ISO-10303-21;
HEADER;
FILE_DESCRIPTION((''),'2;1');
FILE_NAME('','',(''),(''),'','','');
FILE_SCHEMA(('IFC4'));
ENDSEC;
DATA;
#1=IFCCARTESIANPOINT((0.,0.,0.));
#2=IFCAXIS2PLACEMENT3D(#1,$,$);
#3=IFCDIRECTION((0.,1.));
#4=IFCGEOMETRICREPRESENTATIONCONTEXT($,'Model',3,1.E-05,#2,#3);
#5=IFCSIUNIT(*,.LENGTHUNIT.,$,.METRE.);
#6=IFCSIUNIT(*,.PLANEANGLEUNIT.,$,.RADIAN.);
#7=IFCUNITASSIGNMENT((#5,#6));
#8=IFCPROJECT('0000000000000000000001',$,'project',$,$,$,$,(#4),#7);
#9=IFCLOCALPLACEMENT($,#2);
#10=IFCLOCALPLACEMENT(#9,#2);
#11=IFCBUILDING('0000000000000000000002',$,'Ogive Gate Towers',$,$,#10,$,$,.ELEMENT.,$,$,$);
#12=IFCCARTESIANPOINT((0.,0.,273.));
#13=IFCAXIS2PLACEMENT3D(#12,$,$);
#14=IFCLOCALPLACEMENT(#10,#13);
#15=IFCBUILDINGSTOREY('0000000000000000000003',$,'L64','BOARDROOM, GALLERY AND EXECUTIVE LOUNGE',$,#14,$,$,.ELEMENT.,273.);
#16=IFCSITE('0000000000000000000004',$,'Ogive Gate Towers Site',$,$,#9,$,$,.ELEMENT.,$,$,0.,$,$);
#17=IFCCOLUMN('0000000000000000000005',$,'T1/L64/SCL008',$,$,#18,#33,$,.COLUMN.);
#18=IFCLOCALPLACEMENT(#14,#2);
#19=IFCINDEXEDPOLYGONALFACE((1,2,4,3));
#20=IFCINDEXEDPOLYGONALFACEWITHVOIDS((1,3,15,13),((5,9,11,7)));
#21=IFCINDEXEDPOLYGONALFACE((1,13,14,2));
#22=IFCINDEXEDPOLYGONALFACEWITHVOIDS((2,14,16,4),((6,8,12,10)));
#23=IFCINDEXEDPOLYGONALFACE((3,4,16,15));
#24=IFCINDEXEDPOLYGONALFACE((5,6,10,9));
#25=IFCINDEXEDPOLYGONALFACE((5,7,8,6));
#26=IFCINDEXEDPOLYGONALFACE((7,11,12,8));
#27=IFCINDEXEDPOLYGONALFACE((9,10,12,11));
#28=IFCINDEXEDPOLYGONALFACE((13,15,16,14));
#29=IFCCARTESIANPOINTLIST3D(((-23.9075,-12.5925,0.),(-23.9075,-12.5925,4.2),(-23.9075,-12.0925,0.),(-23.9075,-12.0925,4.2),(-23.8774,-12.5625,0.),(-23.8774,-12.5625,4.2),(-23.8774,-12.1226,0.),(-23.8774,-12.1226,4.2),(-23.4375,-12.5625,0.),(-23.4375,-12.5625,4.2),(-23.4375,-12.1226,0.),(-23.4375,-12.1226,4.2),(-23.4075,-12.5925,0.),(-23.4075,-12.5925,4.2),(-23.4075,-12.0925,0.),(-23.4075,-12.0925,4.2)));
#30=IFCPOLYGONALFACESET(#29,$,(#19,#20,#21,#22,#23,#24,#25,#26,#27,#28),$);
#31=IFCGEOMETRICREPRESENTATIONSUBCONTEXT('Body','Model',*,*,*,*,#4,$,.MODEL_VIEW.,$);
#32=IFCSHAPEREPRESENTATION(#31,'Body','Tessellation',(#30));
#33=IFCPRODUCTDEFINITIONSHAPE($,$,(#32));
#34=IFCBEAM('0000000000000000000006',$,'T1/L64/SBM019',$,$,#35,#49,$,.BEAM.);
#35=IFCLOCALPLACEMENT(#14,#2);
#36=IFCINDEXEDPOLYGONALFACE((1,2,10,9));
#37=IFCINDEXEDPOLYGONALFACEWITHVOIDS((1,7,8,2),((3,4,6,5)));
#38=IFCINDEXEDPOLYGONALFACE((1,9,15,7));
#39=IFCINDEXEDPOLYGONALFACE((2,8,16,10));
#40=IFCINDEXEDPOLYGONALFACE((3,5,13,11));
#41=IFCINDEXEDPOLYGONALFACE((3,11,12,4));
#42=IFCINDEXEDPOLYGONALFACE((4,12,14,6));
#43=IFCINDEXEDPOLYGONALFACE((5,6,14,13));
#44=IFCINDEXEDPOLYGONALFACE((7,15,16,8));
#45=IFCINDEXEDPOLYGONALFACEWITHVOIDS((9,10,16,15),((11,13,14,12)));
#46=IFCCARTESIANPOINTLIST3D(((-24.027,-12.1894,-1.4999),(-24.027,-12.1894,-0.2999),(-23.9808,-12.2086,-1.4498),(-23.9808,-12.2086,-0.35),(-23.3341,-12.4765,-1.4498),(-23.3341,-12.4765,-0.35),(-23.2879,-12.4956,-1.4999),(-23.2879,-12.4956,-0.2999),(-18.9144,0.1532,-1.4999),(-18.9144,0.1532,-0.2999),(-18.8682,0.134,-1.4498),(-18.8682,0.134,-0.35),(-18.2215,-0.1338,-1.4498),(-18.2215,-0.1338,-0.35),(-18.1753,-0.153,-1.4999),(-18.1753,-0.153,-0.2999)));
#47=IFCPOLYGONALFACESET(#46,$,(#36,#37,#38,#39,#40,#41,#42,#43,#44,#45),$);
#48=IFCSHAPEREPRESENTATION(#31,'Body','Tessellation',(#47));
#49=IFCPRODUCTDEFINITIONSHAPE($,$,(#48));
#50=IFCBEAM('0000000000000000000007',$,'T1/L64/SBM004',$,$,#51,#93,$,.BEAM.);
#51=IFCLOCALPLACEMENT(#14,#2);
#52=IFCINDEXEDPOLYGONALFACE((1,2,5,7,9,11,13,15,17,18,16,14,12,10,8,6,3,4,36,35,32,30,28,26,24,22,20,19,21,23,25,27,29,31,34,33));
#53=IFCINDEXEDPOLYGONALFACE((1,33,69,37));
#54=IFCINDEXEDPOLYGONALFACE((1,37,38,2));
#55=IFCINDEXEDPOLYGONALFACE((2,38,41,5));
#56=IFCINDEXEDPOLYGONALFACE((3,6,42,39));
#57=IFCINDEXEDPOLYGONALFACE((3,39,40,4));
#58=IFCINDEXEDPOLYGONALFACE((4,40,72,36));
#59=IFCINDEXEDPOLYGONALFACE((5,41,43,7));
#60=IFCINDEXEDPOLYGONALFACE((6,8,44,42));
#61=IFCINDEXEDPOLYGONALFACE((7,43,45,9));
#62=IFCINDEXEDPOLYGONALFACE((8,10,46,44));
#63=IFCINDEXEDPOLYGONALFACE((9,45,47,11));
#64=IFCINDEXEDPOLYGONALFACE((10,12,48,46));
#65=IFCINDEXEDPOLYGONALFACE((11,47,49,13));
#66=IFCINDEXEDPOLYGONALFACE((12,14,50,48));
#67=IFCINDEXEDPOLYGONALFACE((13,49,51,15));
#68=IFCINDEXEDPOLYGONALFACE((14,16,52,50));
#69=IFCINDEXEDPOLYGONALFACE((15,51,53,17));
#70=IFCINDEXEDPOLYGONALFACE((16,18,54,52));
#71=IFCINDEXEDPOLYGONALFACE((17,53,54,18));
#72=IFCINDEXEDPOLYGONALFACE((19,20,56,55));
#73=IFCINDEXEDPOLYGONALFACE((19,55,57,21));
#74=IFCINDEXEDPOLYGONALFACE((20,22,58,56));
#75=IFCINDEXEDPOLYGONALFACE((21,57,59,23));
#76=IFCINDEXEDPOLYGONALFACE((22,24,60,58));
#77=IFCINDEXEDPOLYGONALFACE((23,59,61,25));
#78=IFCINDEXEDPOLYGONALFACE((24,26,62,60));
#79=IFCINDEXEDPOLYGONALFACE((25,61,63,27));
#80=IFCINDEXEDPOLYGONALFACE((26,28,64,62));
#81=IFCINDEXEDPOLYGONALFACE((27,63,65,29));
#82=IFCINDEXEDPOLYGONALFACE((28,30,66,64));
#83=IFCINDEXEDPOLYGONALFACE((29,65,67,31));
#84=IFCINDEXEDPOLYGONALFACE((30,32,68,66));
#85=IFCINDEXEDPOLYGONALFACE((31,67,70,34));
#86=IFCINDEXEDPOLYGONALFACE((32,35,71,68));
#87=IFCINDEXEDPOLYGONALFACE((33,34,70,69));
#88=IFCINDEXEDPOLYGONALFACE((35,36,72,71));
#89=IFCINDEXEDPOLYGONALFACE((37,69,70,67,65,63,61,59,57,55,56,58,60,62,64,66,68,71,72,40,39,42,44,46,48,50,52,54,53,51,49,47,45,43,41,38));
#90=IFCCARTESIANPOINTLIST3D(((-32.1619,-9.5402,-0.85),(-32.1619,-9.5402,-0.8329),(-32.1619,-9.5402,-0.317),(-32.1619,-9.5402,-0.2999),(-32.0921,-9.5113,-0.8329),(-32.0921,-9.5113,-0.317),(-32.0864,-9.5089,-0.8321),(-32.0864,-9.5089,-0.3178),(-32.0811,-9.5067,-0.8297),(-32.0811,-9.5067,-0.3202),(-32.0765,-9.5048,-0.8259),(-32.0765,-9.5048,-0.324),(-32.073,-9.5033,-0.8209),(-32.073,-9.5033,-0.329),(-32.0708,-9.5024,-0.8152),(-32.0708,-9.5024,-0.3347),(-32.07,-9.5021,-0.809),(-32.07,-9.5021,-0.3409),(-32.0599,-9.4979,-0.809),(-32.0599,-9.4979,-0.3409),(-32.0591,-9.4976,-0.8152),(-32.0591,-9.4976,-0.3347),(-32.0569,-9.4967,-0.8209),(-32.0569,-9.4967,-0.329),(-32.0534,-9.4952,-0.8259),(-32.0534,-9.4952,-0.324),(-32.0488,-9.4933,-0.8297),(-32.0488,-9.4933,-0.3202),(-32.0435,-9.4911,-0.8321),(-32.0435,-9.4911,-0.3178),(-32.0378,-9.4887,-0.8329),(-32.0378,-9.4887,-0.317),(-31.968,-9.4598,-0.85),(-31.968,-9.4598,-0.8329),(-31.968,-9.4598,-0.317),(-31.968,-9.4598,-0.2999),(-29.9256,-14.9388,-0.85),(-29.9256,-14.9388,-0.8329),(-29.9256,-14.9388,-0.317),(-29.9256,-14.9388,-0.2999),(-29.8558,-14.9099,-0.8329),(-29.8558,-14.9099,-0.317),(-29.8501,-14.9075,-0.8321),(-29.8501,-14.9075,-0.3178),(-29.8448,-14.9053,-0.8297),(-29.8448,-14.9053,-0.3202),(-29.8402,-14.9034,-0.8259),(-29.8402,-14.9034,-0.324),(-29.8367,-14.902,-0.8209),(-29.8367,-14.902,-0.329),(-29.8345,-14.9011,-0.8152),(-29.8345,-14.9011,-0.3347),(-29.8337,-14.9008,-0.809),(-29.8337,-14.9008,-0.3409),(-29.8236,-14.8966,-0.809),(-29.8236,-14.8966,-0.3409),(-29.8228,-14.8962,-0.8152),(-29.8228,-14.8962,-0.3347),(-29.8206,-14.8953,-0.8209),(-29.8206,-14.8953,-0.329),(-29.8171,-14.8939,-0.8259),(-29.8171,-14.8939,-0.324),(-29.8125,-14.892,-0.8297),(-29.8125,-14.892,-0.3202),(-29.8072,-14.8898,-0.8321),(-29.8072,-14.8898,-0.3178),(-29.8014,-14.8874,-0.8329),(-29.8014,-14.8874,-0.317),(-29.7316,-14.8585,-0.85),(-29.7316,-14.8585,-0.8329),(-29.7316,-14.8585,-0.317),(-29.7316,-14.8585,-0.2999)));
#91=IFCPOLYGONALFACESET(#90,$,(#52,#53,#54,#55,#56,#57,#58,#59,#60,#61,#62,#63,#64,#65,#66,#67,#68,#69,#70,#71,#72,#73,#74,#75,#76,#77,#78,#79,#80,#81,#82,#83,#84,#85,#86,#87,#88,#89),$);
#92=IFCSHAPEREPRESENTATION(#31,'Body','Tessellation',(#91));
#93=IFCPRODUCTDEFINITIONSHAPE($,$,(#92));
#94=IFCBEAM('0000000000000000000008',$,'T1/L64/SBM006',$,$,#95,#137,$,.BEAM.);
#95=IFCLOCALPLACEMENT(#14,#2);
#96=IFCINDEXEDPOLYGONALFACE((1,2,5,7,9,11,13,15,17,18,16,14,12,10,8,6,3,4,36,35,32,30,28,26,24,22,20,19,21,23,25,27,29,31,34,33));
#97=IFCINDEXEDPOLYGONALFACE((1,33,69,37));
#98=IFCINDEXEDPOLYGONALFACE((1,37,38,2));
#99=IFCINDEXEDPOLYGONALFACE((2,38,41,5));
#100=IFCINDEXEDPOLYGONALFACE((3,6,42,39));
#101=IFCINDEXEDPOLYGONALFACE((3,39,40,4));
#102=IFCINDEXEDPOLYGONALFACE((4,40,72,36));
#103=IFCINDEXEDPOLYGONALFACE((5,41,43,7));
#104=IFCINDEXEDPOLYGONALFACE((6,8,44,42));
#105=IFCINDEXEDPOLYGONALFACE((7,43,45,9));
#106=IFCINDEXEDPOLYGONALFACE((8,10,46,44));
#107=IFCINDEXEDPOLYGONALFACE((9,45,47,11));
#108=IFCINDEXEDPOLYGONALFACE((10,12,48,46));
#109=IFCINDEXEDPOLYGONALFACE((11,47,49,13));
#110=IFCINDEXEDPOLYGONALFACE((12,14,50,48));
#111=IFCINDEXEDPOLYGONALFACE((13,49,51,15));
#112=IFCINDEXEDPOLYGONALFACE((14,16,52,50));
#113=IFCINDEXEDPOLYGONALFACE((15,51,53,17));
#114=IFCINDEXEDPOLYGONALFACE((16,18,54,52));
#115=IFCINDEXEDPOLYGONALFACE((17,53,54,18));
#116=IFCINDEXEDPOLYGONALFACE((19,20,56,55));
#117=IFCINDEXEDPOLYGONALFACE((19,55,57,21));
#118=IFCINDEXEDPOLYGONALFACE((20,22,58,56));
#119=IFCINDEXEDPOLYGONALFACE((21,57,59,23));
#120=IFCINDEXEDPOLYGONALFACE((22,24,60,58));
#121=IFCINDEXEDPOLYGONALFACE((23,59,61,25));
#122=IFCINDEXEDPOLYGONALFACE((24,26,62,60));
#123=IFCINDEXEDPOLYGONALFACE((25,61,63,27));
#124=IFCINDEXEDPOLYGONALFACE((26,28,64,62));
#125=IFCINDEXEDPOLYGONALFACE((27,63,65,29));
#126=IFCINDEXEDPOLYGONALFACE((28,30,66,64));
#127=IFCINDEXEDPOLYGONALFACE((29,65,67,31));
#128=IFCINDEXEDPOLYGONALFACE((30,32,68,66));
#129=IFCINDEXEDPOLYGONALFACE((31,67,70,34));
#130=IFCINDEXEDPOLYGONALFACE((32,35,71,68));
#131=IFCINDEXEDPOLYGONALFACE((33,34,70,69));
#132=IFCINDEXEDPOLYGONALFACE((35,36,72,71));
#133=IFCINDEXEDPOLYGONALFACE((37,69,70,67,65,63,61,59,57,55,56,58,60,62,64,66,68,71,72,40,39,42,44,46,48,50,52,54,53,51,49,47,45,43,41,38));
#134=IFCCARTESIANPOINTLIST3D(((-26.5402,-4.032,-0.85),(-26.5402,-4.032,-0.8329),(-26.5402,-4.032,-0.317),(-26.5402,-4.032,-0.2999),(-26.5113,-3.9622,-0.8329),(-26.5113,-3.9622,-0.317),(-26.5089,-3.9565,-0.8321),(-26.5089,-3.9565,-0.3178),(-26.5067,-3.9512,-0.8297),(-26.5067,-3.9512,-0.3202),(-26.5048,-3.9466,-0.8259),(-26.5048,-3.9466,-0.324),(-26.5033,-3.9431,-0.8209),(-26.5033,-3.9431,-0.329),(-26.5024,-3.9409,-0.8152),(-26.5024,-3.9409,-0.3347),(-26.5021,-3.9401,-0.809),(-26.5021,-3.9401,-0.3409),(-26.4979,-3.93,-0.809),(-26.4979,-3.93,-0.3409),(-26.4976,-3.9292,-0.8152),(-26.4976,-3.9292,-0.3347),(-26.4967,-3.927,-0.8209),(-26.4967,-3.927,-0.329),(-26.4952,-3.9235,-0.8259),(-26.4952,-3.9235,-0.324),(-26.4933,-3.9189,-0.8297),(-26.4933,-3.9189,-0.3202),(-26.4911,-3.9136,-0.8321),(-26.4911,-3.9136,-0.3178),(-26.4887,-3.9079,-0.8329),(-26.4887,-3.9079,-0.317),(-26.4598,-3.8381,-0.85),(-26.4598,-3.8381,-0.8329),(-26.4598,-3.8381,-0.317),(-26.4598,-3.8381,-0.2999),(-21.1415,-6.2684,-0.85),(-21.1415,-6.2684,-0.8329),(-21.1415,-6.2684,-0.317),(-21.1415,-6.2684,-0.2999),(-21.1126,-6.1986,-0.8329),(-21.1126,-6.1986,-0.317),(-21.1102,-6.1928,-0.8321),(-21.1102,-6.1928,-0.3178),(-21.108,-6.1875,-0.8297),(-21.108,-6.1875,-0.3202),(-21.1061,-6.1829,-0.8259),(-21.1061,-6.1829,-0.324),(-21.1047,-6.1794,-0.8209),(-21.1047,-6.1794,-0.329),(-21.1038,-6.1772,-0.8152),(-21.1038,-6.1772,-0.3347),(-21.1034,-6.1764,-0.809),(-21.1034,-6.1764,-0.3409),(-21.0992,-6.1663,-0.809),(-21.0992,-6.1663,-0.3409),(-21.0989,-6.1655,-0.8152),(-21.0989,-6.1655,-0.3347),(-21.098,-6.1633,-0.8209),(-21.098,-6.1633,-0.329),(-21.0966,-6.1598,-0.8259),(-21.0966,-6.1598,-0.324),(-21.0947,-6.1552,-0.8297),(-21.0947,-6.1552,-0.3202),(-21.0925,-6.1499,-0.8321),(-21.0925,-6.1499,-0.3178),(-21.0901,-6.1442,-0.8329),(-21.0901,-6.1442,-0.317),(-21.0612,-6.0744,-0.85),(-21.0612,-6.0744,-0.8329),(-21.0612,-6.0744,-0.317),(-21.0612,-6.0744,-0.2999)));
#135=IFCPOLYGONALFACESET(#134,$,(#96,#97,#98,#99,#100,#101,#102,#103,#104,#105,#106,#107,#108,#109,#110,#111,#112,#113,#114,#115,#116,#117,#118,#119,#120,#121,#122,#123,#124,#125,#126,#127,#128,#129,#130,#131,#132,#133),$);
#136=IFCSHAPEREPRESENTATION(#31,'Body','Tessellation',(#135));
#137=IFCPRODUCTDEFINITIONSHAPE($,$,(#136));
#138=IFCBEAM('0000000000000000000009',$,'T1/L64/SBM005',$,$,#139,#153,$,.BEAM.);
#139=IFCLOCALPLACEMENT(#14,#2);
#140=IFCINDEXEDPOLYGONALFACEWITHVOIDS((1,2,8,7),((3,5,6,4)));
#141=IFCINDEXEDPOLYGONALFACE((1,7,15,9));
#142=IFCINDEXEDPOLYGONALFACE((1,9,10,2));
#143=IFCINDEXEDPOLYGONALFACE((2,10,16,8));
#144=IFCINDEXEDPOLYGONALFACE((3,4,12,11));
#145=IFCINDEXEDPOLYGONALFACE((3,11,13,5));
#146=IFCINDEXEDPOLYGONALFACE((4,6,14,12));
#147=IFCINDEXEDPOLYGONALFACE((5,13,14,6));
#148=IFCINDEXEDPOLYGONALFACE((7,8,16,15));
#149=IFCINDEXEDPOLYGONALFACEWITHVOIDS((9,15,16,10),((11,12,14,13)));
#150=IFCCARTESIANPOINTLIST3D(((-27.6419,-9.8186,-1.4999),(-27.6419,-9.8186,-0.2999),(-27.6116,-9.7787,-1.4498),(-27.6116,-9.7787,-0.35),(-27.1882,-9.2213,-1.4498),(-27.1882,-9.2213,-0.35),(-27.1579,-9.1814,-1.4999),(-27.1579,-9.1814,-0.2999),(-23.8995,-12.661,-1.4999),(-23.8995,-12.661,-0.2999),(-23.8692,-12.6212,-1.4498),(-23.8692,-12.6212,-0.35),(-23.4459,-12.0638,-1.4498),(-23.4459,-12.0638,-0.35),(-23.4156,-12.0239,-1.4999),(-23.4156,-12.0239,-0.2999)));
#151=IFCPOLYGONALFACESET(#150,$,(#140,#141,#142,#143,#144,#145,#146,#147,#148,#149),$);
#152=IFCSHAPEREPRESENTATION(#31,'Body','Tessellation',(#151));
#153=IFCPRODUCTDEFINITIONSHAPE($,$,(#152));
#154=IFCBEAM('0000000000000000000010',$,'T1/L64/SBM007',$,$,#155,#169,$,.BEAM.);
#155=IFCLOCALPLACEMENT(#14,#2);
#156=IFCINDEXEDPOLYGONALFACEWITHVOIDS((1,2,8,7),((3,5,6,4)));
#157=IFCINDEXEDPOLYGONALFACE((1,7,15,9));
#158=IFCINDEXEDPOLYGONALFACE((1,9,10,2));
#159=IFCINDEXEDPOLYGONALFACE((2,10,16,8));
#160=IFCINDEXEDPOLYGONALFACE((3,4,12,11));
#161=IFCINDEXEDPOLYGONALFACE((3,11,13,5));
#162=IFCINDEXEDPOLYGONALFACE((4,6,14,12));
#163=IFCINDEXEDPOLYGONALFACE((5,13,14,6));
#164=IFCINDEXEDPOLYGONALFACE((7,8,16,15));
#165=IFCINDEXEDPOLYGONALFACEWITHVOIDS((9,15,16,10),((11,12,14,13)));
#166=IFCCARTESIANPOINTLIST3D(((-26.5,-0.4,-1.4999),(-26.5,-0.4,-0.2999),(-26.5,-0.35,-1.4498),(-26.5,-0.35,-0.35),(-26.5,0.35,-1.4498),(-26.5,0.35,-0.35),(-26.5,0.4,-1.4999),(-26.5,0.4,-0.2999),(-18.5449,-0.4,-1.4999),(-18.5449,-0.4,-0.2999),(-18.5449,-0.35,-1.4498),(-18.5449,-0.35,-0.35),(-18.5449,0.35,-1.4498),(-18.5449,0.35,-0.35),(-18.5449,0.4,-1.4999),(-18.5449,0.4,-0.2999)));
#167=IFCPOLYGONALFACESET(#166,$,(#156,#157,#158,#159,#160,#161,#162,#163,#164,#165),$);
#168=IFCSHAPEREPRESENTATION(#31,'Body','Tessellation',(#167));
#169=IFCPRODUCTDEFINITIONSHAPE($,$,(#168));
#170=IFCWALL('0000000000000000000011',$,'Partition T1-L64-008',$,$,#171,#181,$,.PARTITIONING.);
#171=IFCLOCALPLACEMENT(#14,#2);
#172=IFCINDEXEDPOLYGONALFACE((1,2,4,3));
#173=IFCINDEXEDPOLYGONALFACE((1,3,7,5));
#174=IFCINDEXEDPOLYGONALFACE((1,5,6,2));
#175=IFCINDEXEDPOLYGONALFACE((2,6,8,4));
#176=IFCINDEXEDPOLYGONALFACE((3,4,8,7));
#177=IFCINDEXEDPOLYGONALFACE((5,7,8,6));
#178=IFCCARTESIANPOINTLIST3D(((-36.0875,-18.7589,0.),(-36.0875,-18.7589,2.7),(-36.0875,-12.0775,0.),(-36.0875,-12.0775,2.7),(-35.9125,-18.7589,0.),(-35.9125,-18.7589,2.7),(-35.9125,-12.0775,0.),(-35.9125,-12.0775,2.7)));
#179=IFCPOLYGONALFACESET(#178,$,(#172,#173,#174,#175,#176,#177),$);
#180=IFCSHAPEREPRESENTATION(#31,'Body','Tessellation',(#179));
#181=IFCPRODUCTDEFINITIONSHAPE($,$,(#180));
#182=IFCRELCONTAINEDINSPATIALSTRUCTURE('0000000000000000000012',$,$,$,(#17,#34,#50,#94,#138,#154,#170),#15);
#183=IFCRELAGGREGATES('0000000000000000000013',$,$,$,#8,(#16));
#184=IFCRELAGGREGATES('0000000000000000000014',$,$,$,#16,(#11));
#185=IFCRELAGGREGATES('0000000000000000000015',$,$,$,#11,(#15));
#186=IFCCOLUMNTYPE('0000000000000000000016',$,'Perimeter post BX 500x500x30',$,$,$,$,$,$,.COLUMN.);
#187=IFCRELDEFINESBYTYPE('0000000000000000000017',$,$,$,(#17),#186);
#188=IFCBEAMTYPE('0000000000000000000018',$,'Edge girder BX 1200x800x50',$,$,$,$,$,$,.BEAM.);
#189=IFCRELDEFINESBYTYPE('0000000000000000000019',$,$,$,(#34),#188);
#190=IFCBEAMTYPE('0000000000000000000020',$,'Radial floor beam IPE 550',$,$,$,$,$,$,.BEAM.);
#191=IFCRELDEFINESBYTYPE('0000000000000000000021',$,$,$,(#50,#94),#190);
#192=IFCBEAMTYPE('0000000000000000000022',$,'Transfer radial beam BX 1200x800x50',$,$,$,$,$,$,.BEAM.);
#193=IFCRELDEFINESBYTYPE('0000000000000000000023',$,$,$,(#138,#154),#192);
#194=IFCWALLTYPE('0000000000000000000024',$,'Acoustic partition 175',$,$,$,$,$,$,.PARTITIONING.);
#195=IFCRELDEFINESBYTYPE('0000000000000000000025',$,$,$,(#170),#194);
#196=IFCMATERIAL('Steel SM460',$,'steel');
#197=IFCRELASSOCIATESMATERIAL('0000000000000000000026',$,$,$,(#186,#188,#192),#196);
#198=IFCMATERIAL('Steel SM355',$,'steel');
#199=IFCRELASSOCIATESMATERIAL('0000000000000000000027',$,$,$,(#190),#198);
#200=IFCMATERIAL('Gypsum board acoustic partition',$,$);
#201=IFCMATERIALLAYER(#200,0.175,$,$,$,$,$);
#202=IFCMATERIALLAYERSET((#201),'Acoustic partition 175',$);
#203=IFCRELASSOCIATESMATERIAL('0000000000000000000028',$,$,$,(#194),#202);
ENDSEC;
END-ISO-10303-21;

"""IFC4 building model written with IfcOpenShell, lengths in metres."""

from ifc_helpers import new_model, si_unit, direction, frame, frame_2d, origin, origin_2d, place, context, subcontext, project, spatial, rectangle, hollow_rectangle, i_section, extrude, material, layer, layer_set, material_profile, profile_set, type_object, element, save


model = new_model("IFC4")

# Units and contexts
model_context = context("Model", 3, precision=1e-05, world=origin(), true_north=direction((0.0, 1.0)))
body_context = subcontext(model_context, "Body", "Model", "MODEL_VIEW")
ifc_project = project(units=[si_unit("LENGTHUNIT", "METRE"), si_unit("PLANEANGLEUNIT", "RADIAN")], contexts=[model_context])

# Site, building, storey
site_placement = place(None, origin())
site = spatial("IfcSite", under=ifc_project, at=site_placement, Name="Ogive Gate Towers Site", CompositionType="ELEMENT", RefElevation=0.0)
building_placement = place(site_placement, origin())
building = spatial("IfcBuilding", under=site, at=building_placement, Name="Ogive Gate Towers", CompositionType="ELEMENT")
storey_placement = place(building_placement, frame((0.0, 0.0, 273.0)))
storey = spatial("IfcBuildingStorey", under=building, at=storey_placement, Name="L64", Description="BOARDROOM, GALLERY AND EXECUTIVE LOUNGE", CompositionType="ELEMENT", Elevation=273.0)

# Column
ifc_material_1 = material(Name="Steel SM460", Category="steel")
ifc_material_profile_1 = material_profile(ifc_material_1, hollow_rectangle(XDim=0.5, YDim=0.5, WallThickness=0.03, at=origin_2d()), Name="BX 500x500x30")
ifc_profile_set_1 = profile_set([ifc_material_profile_1], Name="Steel SM460")
column_type = type_object("IfcColumnType", Name="Perimeter post BX 500x500x30", PredefinedType="COLUMN", material=ifc_profile_set_1)
column_placement = place(storey_placement, frame((-23.6575, -12.3425, 0.0), z_axis=(0.0, 0.0, 1.0), x_axis=(1.0, 0.0, 0.0)))
element("IfcColumn", 1, at=column_placement, inside=storey, type_object=column_type, Name="T1/L64/SCL008", PredefinedType="COLUMN", context=body_context, shape_type="SweptSolid", body=[
    extrude(hollow_rectangle(XDim=0.5, YDim=0.5, WallThickness=0.03, at=origin_2d()), origin(), (0.0, 0.0, 1.0), 4.2),
])

# Beams
ifc_material_profile_2 = material_profile(ifc_material_1, hollow_rectangle(XDim=0.8, YDim=1.2, WallThickness=0.05, at=origin_2d()), Name="BX 1200x800x50")
ifc_profile_set_2 = profile_set([ifc_material_profile_2], Name="Steel SM460")
beam_type_1 = type_object("IfcBeamType", Name="Edge girder BX 1200x800x50", PredefinedType="BEAM", material=ifc_profile_set_2)
beam_1_placement = place(storey_placement, frame((-23.6575, -12.3425, -0.8999), z_axis=(0.38269, 0.923877, 0.0), x_axis=(-0.923877, 0.38269, 0.0)))
element("IfcBeam", 2, at=beam_1_placement, inside=storey, type_object=beam_type_1, Name="T1/L64/SBM019", PredefinedType="BEAM", context=body_context, shape_type="SweptSolid", body=[
    extrude(hollow_rectangle(XDim=0.8, YDim=1.2, WallThickness=0.05, at=origin_2d()), origin(), (0.0, 0.0, 1.0), 13.3596),
])
ifc_material_2 = material(Name="Steel SM355", Category="steel")
ifc_material_profile_3 = material_profile(ifc_material_2, i_section(OverallWidth=0.21, OverallDepth=0.55, WebThickness=0.011, FlangeThickness=0.0171, FilletRadius=0.0239, at=origin_2d()), Name="IPE 550")
ifc_profile_set_3 = profile_set([ifc_material_profile_3], Name="Steel SM355")
beam_type_2 = type_object("IfcBeamType", Name="Radial floor beam IPE 550", PredefinedType="BEAM", material=ifc_profile_set_3)
for number, where, z_axis, x_axis, name in (
    (3, (-32.0649, -9.5, -0.575), (0.382701, -0.923872, 0.0), (0.923872, 0.382701, 0.0), "T1/L64/SBM004"),
    (4, (-26.5, -3.9351, -0.575), (0.923872, -0.382701, 0.0), (0.382701, 0.923872, 0.0), "T1/L64/SBM006"),
):
    element("IfcBeam", number, at=place(storey_placement, frame(where, z_axis=z_axis, x_axis=x_axis)), inside=storey, type_object=beam_type_2, Name=name, PredefinedType="BEAM", context=body_context, shape_type="SweptSolid", body=[
        extrude(i_section(OverallWidth=0.21, OverallDepth=0.55, WebThickness=0.011, FlangeThickness=0.0171, FilletRadius=0.0239, at=origin_2d()), origin(), (0.0, 0.0, 1.0), 5.8435),
    ])
ifc_material_profile_4 = material_profile(ifc_material_1, hollow_rectangle(XDim=0.8, YDim=1.2, WallThickness=0.05, at=origin_2d()), Name="BX 1200x800x50")
ifc_profile_set_4 = profile_set([ifc_material_profile_4], Name="Steel SM460")
beam_type_3 = type_object("IfcBeamType", Name="Transfer radial beam BX 1200x800x50", PredefinedType="BEAM", material=ifc_profile_set_4)
beam_2_placement = place(storey_placement, frame((-27.3999, -9.5, -0.8999), z_axis=(0.796338, -0.604851, 0.0), x_axis=(0.604851, 0.796338, 0.0)))
element("IfcBeam", 5, at=beam_2_placement, inside=storey, type_object=beam_type_3, Name="T1/L64/SBM005", PredefinedType="BEAM", context=body_context, shape_type="SweptSolid", body=[
    extrude(hollow_rectangle(XDim=0.8, YDim=1.2, WallThickness=0.05, at=origin_2d()), origin(), (0.0, 0.0, 1.0), 4.6995),
])
beam_3_placement = place(storey_placement, frame((-26.5, 0.0, -0.8999), z_axis=(1.0, 0.0, 0.0), x_axis=(0.0, 1.0, 0.0)))
element("IfcBeam", 6, at=beam_3_placement, inside=storey, type_object=beam_type_3, Name="T1/L64/SBM007", PredefinedType="BEAM", context=body_context, shape_type="SweptSolid", body=[
    extrude(hollow_rectangle(XDim=0.8, YDim=1.2, WallThickness=0.05, at=origin_2d()), origin(), (0.0, 0.0, 1.0), 7.9551),
])

# Wall
ifc_material_3 = material(Name="Gypsum board acoustic partition")
ifc_layer_1 = layer(ifc_material_3, 0.175)
ifc_layer_set_1 = layer_set([ifc_layer_1], Name="Acoustic partition 175")
wall_type_1 = type_object("IfcWallType", Name="Acoustic partition 175", PredefinedType="PARTITIONING", material=ifc_layer_set_1)
wall_1_placement = place(storey_placement, frame((-36.0, -18.759, 0.0), z_axis=(0.0, 0.0, 1.0), x_axis=(0.0, 1.0, 0.0)))
element("IfcWall", 7, at=wall_1_placement, inside=storey, type_object=wall_type_1, Name="Partition T1-L64-008", PredefinedType="PARTITIONING", context=body_context, shape_type="SweptSolid", body=[
    extrude(rectangle(XDim=6.6814, YDim=0.175, at=frame_2d((3.3408, 0.0))), origin(), (0.0, 0.0, 1.0), 2.7),
])

save(model, "model.ifc")
